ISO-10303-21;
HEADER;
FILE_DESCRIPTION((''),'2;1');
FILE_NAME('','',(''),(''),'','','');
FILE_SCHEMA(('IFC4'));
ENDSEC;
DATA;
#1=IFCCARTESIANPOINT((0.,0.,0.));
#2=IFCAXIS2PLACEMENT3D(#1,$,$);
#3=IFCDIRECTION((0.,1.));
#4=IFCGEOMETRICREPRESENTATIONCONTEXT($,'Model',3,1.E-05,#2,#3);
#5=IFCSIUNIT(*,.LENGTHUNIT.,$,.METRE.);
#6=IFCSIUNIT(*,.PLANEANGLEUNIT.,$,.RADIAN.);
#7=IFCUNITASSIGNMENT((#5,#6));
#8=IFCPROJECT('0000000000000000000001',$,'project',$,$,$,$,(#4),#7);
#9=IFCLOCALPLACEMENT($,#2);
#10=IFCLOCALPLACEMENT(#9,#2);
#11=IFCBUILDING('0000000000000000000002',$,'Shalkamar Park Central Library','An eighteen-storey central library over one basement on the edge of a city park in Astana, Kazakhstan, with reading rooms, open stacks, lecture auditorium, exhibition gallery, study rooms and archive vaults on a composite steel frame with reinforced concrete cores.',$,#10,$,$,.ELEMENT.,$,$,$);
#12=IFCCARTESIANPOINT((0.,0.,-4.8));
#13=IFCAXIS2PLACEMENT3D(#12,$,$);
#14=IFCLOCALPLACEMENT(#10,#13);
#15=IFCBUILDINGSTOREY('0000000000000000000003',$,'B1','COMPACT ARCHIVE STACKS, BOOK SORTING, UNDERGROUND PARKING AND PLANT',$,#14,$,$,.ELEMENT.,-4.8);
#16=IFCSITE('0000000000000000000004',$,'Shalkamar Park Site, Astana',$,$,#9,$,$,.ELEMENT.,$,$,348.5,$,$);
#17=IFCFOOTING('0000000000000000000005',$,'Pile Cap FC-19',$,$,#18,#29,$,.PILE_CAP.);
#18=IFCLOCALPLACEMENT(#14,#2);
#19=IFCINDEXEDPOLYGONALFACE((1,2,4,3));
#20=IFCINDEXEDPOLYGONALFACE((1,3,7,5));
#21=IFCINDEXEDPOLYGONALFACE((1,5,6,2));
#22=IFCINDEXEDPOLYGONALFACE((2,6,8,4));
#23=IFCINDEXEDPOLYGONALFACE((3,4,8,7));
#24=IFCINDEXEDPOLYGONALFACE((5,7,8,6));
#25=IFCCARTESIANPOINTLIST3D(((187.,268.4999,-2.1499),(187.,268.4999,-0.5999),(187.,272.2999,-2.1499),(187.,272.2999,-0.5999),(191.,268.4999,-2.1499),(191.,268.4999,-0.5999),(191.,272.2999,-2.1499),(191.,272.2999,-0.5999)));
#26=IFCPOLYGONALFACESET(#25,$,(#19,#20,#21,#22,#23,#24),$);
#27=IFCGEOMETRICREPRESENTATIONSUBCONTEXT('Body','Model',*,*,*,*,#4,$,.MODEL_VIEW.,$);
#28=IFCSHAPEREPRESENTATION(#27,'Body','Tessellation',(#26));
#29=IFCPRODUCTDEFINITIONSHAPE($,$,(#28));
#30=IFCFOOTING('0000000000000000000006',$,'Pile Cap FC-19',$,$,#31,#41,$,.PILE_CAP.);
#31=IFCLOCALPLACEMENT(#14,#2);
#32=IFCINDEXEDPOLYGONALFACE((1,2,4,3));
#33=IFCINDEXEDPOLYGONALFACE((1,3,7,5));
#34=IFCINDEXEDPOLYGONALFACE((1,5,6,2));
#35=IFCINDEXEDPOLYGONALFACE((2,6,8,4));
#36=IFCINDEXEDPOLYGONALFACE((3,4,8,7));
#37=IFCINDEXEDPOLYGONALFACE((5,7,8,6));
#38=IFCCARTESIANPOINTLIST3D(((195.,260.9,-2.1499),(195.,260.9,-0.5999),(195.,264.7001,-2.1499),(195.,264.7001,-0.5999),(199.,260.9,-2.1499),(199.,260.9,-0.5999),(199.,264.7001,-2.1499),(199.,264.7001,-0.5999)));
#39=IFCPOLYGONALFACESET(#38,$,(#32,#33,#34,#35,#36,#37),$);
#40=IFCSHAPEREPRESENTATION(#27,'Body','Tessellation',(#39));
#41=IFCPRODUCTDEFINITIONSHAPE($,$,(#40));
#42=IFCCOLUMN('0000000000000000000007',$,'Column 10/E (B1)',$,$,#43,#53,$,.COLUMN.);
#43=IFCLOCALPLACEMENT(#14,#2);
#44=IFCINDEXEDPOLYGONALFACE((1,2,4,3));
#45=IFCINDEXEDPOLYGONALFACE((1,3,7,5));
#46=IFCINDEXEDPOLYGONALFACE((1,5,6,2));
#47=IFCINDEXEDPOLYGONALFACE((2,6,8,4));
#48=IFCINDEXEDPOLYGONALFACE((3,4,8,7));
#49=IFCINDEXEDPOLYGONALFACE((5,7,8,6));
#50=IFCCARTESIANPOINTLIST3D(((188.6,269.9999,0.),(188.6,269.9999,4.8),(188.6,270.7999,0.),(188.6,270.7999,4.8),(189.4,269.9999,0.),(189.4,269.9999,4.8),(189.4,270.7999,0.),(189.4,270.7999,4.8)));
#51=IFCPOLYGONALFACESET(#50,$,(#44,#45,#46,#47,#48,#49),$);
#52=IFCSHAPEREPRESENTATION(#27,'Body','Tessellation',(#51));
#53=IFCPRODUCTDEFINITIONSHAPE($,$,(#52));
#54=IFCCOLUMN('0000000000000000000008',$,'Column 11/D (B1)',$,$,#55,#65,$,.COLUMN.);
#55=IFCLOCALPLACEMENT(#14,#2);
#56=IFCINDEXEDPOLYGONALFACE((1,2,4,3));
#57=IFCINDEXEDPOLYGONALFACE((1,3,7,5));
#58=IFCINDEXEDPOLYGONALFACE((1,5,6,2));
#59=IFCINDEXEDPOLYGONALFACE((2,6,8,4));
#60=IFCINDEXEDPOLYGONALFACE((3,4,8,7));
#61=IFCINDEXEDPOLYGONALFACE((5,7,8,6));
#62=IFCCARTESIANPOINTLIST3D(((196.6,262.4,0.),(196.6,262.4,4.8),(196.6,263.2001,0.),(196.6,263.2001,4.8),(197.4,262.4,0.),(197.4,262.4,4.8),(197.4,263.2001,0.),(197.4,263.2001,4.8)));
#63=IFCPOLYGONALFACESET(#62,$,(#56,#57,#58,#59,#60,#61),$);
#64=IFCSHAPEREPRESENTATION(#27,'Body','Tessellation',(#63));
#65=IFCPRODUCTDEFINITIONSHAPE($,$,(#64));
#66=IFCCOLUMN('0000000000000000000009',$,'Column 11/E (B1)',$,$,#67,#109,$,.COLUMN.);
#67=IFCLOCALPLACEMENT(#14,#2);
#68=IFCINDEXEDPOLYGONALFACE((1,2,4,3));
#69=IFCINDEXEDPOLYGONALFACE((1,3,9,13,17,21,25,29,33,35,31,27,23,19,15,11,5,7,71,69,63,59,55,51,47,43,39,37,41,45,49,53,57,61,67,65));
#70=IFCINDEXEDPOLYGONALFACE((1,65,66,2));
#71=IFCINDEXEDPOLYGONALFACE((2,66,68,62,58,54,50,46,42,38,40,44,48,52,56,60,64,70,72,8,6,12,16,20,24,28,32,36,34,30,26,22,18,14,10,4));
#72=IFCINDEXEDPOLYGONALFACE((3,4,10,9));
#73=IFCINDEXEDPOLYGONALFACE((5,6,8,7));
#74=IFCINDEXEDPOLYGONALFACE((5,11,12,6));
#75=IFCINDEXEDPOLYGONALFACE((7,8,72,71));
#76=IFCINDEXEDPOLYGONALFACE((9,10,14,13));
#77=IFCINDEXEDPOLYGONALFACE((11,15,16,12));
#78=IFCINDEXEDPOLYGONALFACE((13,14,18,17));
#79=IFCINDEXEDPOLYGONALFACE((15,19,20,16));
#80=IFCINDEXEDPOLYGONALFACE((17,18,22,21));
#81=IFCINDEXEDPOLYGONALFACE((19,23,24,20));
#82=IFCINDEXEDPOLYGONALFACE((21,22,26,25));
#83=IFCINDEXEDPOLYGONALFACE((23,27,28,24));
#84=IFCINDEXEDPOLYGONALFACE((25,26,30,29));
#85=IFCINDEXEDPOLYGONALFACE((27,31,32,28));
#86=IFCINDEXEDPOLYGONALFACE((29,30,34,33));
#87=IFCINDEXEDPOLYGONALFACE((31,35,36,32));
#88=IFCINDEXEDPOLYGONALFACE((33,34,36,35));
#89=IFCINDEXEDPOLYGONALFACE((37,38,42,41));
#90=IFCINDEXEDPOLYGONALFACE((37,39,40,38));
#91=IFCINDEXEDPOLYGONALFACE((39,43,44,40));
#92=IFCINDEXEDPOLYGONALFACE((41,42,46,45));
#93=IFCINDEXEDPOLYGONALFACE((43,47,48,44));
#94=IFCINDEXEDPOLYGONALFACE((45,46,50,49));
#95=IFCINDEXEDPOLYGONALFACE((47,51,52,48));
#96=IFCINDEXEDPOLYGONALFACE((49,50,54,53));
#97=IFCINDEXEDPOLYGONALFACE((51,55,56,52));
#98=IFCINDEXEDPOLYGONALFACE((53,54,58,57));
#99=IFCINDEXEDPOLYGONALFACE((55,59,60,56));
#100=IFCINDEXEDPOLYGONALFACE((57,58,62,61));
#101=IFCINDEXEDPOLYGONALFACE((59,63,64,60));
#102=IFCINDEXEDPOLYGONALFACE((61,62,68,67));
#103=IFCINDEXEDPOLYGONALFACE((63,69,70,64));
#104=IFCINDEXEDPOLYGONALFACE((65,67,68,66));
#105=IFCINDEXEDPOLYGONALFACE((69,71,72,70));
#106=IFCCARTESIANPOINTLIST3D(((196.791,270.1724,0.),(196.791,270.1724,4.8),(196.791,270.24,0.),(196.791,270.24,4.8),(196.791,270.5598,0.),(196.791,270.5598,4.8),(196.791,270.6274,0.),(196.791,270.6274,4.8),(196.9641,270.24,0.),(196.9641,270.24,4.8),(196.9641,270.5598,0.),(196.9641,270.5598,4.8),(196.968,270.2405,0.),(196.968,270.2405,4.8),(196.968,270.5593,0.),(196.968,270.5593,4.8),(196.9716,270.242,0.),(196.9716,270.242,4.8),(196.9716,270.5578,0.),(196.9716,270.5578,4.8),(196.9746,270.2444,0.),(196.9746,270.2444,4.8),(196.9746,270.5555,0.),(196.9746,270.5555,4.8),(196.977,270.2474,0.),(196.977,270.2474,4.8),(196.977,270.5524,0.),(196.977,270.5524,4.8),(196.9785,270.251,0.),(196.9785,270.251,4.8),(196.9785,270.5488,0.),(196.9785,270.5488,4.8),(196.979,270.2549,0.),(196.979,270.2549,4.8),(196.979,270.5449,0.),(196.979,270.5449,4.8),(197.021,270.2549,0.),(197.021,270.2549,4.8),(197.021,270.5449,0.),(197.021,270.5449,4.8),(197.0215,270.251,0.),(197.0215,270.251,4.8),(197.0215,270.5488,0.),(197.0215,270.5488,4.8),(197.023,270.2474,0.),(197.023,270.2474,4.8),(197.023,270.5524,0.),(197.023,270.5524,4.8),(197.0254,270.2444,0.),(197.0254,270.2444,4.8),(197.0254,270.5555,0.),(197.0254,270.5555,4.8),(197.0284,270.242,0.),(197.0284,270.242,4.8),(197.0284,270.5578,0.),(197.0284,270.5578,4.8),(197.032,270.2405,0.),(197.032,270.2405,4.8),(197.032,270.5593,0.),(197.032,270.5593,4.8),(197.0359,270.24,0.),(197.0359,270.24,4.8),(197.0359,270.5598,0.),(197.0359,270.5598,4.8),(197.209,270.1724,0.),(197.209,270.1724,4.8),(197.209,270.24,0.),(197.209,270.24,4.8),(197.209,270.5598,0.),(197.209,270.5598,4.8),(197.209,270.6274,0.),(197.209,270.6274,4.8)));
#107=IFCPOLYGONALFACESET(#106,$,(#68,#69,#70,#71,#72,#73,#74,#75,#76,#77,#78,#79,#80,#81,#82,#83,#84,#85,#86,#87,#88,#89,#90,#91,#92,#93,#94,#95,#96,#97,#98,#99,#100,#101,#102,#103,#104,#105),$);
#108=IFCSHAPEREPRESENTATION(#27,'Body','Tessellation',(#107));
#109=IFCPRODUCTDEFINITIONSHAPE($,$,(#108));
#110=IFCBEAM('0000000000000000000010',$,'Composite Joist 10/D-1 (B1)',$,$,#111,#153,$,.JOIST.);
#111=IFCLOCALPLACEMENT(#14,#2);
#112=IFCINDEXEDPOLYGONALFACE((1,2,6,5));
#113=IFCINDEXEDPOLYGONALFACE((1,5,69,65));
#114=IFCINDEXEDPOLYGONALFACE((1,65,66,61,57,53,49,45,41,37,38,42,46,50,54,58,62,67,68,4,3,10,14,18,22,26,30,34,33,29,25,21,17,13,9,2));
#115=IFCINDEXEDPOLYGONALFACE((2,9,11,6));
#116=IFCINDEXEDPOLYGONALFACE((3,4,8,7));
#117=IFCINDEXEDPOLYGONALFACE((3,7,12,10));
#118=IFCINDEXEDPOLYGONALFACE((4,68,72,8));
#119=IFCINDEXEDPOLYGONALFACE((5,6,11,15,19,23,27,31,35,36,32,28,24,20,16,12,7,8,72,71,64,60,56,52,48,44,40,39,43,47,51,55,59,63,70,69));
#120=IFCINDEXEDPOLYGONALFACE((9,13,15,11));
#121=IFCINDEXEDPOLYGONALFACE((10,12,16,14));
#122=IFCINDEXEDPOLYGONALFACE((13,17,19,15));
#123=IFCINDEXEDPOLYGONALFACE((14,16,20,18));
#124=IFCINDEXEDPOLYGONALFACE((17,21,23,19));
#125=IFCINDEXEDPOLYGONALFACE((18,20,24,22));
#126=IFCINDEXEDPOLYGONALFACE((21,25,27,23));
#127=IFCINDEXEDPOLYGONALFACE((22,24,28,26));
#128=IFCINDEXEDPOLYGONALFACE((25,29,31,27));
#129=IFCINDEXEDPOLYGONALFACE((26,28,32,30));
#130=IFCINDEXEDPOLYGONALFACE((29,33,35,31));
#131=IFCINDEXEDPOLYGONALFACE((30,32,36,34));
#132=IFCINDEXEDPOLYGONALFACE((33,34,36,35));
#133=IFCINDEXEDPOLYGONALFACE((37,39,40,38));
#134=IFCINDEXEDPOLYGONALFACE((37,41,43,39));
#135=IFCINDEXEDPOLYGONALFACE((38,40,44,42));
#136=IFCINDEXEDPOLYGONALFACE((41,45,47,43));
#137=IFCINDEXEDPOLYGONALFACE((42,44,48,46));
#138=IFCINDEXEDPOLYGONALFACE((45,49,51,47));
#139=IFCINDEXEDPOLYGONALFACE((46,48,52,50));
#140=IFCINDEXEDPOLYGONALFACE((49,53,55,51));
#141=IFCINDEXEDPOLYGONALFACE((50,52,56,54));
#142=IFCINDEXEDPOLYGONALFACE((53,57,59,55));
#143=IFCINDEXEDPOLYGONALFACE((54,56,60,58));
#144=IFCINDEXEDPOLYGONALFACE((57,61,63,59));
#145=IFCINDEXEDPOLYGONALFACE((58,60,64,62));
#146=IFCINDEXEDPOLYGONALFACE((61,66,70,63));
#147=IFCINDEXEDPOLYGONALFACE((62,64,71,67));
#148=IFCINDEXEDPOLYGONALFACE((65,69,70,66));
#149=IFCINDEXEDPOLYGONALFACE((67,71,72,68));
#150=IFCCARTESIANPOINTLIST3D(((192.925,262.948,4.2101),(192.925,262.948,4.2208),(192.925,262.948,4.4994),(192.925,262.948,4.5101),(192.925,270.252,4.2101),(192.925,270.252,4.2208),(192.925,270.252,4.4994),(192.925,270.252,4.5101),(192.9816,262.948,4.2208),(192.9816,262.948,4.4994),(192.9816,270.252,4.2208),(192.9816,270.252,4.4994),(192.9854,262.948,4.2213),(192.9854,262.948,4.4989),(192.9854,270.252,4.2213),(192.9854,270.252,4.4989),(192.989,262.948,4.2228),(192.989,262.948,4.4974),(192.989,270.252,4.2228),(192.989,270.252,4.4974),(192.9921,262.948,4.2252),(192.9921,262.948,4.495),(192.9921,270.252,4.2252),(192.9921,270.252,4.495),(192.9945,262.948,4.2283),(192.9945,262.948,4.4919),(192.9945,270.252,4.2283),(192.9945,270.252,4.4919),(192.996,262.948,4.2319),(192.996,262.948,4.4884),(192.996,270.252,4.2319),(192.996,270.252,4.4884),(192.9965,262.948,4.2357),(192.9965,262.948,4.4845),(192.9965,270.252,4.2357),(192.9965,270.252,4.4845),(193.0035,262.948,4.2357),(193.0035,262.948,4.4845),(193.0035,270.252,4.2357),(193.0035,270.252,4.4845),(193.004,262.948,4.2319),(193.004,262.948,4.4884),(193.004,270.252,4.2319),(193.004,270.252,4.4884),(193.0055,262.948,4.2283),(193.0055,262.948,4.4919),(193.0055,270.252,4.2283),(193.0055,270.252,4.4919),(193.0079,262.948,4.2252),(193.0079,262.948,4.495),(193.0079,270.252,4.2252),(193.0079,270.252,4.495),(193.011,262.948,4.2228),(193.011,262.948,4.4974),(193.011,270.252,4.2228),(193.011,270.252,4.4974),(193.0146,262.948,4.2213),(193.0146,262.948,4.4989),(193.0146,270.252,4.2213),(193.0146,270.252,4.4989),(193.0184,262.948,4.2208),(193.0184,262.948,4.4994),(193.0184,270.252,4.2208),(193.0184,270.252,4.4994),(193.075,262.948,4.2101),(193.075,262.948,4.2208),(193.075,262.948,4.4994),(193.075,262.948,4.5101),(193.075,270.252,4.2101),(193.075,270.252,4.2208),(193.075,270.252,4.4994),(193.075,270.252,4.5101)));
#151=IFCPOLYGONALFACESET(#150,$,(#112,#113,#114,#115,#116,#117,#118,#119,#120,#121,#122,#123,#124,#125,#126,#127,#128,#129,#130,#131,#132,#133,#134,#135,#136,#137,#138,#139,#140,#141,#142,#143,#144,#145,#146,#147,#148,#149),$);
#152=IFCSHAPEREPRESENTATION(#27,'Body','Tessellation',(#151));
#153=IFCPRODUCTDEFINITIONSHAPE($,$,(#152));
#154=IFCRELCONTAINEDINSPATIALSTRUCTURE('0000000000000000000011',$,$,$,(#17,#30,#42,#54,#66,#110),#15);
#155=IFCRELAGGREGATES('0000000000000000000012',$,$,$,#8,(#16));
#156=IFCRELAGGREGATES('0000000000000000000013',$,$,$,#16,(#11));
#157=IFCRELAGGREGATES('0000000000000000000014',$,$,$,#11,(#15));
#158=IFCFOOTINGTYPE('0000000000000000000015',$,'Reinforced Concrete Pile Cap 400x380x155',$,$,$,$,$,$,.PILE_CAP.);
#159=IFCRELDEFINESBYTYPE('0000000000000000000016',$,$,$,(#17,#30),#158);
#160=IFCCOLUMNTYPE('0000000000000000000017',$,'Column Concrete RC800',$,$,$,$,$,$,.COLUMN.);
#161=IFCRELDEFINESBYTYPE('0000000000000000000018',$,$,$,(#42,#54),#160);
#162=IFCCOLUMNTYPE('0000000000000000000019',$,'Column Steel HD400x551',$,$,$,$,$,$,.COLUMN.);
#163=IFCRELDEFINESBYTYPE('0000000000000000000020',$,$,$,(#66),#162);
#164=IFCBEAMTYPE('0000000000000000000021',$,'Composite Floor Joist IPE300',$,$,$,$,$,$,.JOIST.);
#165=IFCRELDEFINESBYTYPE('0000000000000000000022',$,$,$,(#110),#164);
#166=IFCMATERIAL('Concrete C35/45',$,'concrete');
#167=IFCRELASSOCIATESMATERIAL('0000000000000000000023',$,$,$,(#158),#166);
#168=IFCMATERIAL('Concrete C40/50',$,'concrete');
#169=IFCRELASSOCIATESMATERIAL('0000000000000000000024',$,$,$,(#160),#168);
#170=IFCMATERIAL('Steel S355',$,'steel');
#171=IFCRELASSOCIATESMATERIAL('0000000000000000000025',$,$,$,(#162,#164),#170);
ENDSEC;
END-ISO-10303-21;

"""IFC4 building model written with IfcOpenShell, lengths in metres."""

from ifc_helpers import new_model, si_unit, direction, frame, origin, origin_2d, place, context, subcontext, project, spatial, rectangle, i_section, extrude, material, material_profile, profile_set, type_object, element, save


model = new_model("IFC4")

# Units and contexts
model_context = context("Model", 3, precision=1e-05, world=origin(), true_north=direction((0.0, 1.0)))
body_context = subcontext(model_context, "Body", "Model", "MODEL_VIEW")
ifc_project = project(units=[si_unit("LENGTHUNIT", "METRE"), si_unit("PLANEANGLEUNIT", "RADIAN")], contexts=[model_context])

# Site, building, storey
site_placement = place(None, origin())
site = spatial("IfcSite", under=ifc_project, at=site_placement, Name="Shalkamar Park Site, Astana", CompositionType="ELEMENT", RefElevation=348.5)
building_placement = place(site_placement, origin())
building = spatial("IfcBuilding", under=site, at=building_placement, Name="Shalkamar Park Central Library", Description="An eighteen-storey central library over one basement on the edge of a city park in Astana, Kazakhstan, with reading rooms, open stacks, lecture auditorium, exhibition gallery, study rooms and archive vaults on a composite steel frame with reinforced concrete cores.", CompositionType="ELEMENT")
storey_placement = place(building_placement, frame((0.0, 0.0, -4.8)))
storey = spatial("IfcBuildingStorey", under=building, at=storey_placement, Name="B1", Description="COMPACT ARCHIVE STACKS, BOOK SORTING, UNDERGROUND PARKING AND PLANT", CompositionType="ELEMENT", Elevation=-4.8)

# Shared definitions
ifc_material_1 = material(Name="Concrete C35/45", Category="concrete")

# Footings
footing_type_1 = type_object("IfcFootingType", Name="Reinforced Concrete Pile Cap 400x380x155", PredefinedType="PILE_CAP", material=ifc_material_1)
for number, where, z_axis, x_axis, name in (
    (1, (189.0, 270.3999, -2.1499), (0.0, 0.0, 1.0), (1.0, 0.0, 0.0), "Pile Cap FC-19"),
    (2, (197.0, 262.8, -2.1499), (0.0, 0.0, 1.0), (1.0, 0.0, 0.0), "Pile Cap FC-19"),
):
    element("IfcFooting", number, at=place(storey_placement, frame(where, z_axis=z_axis, x_axis=x_axis)), inside=storey, type_object=footing_type_1, Name=name, PredefinedType="PILE_CAP", context=body_context, shape_type="SweptSolid", body=[
        extrude(rectangle(XDim=4.0, YDim=3.8, at=origin_2d()), origin(), (0.0, 0.0, 1.0), 1.55),
    ])

# Columns
ifc_material_2 = material(Name="Concrete C40/50", Category="concrete")
ifc_material_profile_1 = material_profile(ifc_material_2, rectangle(XDim=0.8, YDim=0.8, at=origin_2d()), Name="RC 800x800")
ifc_profile_set_1 = profile_set([ifc_material_profile_1], Name="Concrete C40/50")
column_type_1 = type_object("IfcColumnType", Name="Column Concrete RC800", PredefinedType="COLUMN", material=ifc_profile_set_1)
for number, where, z_axis, x_axis, name in (
    (3, (189.0, 270.3999, 0.0), (0.0, 0.0, 1.0), (1.0, 0.0, 0.0), "Column 10/E (B1)"),
    (4, (197.0, 262.8, 0.0), (0.0, 0.0, 1.0), (1.0, 0.0, 0.0), "Column 11/D (B1)"),
):
    element("IfcColumn", number, at=place(storey_placement, frame(where, z_axis=z_axis, x_axis=x_axis)), inside=storey, type_object=column_type_1, Name=name, PredefinedType="COLUMN", context=body_context, shape_type="SweptSolid", body=[
        extrude(rectangle(XDim=0.8, YDim=0.8, at=origin_2d()), origin(), (0.0, 0.0, 1.0), 4.8),
    ])
ifc_material_3 = material(Name="Steel S355", Category="steel")
ifc_material_profile_2 = material_profile(ifc_material_3, i_section(OverallWidth=0.418, OverallDepth=0.4551, WebThickness=0.042, FlangeThickness=0.0676, FilletRadius=0.0149, at=origin_2d()), Name="HD 400x551")
ifc_profile_set_2 = profile_set([ifc_material_profile_2], Name="Steel S355")
column_type_2 = type_object("IfcColumnType", Name="Column Steel HD400x551", PredefinedType="COLUMN", material=ifc_profile_set_2)
column_placement = place(storey_placement, frame((197.0, 270.3999, 0.0), z_axis=(0.0, 0.0, 1.0), x_axis=(1.0, 0.0, 0.0)))
element("IfcColumn", 5, at=column_placement, inside=storey, type_object=column_type_2, Name="Column 11/E (B1)", PredefinedType="COLUMN", context=body_context, shape_type="SweptSolid", body=[
    extrude(i_section(OverallWidth=0.418, OverallDepth=0.4551, WebThickness=0.042, FlangeThickness=0.0676, FilletRadius=0.0149, at=origin_2d()), origin(), (0.0, 0.0, 1.0), 4.8),
])

# Beam
ifc_material_profile_3 = material_profile(ifc_material_3, i_section(OverallWidth=0.1499, OverallDepth=0.3, WebThickness=0.0071, FlangeThickness=0.0107, FilletRadius=0.0149, at=origin_2d()), Name="IPE 300")
ifc_profile_set_3 = profile_set([ifc_material_profile_3], Name="Steel S355")
beam_type_1 = type_object("IfcBeamType", Name="Composite Floor Joist IPE300", PredefinedType="JOIST", material=ifc_profile_set_3)
beam_1_placement = place(storey_placement, frame((193.0, 262.948, 4.3601), z_axis=(0.0, 1.0, 0.0), x_axis=(-1.0, 0.0, 0.0)))
element("IfcBeam", 6, at=beam_1_placement, inside=storey, type_object=beam_type_1, Name="Composite Joist 10/D-1 (B1)", PredefinedType="JOIST", context=body_context, shape_type="SweptSolid", body=[
    extrude(i_section(OverallWidth=0.1499, OverallDepth=0.3, WebThickness=0.0071, FlangeThickness=0.0107, FilletRadius=0.0149, at=origin_2d()), origin(), (0.0, 0.0, 1.0), 7.304),
])

save(model, "model.ifc")
